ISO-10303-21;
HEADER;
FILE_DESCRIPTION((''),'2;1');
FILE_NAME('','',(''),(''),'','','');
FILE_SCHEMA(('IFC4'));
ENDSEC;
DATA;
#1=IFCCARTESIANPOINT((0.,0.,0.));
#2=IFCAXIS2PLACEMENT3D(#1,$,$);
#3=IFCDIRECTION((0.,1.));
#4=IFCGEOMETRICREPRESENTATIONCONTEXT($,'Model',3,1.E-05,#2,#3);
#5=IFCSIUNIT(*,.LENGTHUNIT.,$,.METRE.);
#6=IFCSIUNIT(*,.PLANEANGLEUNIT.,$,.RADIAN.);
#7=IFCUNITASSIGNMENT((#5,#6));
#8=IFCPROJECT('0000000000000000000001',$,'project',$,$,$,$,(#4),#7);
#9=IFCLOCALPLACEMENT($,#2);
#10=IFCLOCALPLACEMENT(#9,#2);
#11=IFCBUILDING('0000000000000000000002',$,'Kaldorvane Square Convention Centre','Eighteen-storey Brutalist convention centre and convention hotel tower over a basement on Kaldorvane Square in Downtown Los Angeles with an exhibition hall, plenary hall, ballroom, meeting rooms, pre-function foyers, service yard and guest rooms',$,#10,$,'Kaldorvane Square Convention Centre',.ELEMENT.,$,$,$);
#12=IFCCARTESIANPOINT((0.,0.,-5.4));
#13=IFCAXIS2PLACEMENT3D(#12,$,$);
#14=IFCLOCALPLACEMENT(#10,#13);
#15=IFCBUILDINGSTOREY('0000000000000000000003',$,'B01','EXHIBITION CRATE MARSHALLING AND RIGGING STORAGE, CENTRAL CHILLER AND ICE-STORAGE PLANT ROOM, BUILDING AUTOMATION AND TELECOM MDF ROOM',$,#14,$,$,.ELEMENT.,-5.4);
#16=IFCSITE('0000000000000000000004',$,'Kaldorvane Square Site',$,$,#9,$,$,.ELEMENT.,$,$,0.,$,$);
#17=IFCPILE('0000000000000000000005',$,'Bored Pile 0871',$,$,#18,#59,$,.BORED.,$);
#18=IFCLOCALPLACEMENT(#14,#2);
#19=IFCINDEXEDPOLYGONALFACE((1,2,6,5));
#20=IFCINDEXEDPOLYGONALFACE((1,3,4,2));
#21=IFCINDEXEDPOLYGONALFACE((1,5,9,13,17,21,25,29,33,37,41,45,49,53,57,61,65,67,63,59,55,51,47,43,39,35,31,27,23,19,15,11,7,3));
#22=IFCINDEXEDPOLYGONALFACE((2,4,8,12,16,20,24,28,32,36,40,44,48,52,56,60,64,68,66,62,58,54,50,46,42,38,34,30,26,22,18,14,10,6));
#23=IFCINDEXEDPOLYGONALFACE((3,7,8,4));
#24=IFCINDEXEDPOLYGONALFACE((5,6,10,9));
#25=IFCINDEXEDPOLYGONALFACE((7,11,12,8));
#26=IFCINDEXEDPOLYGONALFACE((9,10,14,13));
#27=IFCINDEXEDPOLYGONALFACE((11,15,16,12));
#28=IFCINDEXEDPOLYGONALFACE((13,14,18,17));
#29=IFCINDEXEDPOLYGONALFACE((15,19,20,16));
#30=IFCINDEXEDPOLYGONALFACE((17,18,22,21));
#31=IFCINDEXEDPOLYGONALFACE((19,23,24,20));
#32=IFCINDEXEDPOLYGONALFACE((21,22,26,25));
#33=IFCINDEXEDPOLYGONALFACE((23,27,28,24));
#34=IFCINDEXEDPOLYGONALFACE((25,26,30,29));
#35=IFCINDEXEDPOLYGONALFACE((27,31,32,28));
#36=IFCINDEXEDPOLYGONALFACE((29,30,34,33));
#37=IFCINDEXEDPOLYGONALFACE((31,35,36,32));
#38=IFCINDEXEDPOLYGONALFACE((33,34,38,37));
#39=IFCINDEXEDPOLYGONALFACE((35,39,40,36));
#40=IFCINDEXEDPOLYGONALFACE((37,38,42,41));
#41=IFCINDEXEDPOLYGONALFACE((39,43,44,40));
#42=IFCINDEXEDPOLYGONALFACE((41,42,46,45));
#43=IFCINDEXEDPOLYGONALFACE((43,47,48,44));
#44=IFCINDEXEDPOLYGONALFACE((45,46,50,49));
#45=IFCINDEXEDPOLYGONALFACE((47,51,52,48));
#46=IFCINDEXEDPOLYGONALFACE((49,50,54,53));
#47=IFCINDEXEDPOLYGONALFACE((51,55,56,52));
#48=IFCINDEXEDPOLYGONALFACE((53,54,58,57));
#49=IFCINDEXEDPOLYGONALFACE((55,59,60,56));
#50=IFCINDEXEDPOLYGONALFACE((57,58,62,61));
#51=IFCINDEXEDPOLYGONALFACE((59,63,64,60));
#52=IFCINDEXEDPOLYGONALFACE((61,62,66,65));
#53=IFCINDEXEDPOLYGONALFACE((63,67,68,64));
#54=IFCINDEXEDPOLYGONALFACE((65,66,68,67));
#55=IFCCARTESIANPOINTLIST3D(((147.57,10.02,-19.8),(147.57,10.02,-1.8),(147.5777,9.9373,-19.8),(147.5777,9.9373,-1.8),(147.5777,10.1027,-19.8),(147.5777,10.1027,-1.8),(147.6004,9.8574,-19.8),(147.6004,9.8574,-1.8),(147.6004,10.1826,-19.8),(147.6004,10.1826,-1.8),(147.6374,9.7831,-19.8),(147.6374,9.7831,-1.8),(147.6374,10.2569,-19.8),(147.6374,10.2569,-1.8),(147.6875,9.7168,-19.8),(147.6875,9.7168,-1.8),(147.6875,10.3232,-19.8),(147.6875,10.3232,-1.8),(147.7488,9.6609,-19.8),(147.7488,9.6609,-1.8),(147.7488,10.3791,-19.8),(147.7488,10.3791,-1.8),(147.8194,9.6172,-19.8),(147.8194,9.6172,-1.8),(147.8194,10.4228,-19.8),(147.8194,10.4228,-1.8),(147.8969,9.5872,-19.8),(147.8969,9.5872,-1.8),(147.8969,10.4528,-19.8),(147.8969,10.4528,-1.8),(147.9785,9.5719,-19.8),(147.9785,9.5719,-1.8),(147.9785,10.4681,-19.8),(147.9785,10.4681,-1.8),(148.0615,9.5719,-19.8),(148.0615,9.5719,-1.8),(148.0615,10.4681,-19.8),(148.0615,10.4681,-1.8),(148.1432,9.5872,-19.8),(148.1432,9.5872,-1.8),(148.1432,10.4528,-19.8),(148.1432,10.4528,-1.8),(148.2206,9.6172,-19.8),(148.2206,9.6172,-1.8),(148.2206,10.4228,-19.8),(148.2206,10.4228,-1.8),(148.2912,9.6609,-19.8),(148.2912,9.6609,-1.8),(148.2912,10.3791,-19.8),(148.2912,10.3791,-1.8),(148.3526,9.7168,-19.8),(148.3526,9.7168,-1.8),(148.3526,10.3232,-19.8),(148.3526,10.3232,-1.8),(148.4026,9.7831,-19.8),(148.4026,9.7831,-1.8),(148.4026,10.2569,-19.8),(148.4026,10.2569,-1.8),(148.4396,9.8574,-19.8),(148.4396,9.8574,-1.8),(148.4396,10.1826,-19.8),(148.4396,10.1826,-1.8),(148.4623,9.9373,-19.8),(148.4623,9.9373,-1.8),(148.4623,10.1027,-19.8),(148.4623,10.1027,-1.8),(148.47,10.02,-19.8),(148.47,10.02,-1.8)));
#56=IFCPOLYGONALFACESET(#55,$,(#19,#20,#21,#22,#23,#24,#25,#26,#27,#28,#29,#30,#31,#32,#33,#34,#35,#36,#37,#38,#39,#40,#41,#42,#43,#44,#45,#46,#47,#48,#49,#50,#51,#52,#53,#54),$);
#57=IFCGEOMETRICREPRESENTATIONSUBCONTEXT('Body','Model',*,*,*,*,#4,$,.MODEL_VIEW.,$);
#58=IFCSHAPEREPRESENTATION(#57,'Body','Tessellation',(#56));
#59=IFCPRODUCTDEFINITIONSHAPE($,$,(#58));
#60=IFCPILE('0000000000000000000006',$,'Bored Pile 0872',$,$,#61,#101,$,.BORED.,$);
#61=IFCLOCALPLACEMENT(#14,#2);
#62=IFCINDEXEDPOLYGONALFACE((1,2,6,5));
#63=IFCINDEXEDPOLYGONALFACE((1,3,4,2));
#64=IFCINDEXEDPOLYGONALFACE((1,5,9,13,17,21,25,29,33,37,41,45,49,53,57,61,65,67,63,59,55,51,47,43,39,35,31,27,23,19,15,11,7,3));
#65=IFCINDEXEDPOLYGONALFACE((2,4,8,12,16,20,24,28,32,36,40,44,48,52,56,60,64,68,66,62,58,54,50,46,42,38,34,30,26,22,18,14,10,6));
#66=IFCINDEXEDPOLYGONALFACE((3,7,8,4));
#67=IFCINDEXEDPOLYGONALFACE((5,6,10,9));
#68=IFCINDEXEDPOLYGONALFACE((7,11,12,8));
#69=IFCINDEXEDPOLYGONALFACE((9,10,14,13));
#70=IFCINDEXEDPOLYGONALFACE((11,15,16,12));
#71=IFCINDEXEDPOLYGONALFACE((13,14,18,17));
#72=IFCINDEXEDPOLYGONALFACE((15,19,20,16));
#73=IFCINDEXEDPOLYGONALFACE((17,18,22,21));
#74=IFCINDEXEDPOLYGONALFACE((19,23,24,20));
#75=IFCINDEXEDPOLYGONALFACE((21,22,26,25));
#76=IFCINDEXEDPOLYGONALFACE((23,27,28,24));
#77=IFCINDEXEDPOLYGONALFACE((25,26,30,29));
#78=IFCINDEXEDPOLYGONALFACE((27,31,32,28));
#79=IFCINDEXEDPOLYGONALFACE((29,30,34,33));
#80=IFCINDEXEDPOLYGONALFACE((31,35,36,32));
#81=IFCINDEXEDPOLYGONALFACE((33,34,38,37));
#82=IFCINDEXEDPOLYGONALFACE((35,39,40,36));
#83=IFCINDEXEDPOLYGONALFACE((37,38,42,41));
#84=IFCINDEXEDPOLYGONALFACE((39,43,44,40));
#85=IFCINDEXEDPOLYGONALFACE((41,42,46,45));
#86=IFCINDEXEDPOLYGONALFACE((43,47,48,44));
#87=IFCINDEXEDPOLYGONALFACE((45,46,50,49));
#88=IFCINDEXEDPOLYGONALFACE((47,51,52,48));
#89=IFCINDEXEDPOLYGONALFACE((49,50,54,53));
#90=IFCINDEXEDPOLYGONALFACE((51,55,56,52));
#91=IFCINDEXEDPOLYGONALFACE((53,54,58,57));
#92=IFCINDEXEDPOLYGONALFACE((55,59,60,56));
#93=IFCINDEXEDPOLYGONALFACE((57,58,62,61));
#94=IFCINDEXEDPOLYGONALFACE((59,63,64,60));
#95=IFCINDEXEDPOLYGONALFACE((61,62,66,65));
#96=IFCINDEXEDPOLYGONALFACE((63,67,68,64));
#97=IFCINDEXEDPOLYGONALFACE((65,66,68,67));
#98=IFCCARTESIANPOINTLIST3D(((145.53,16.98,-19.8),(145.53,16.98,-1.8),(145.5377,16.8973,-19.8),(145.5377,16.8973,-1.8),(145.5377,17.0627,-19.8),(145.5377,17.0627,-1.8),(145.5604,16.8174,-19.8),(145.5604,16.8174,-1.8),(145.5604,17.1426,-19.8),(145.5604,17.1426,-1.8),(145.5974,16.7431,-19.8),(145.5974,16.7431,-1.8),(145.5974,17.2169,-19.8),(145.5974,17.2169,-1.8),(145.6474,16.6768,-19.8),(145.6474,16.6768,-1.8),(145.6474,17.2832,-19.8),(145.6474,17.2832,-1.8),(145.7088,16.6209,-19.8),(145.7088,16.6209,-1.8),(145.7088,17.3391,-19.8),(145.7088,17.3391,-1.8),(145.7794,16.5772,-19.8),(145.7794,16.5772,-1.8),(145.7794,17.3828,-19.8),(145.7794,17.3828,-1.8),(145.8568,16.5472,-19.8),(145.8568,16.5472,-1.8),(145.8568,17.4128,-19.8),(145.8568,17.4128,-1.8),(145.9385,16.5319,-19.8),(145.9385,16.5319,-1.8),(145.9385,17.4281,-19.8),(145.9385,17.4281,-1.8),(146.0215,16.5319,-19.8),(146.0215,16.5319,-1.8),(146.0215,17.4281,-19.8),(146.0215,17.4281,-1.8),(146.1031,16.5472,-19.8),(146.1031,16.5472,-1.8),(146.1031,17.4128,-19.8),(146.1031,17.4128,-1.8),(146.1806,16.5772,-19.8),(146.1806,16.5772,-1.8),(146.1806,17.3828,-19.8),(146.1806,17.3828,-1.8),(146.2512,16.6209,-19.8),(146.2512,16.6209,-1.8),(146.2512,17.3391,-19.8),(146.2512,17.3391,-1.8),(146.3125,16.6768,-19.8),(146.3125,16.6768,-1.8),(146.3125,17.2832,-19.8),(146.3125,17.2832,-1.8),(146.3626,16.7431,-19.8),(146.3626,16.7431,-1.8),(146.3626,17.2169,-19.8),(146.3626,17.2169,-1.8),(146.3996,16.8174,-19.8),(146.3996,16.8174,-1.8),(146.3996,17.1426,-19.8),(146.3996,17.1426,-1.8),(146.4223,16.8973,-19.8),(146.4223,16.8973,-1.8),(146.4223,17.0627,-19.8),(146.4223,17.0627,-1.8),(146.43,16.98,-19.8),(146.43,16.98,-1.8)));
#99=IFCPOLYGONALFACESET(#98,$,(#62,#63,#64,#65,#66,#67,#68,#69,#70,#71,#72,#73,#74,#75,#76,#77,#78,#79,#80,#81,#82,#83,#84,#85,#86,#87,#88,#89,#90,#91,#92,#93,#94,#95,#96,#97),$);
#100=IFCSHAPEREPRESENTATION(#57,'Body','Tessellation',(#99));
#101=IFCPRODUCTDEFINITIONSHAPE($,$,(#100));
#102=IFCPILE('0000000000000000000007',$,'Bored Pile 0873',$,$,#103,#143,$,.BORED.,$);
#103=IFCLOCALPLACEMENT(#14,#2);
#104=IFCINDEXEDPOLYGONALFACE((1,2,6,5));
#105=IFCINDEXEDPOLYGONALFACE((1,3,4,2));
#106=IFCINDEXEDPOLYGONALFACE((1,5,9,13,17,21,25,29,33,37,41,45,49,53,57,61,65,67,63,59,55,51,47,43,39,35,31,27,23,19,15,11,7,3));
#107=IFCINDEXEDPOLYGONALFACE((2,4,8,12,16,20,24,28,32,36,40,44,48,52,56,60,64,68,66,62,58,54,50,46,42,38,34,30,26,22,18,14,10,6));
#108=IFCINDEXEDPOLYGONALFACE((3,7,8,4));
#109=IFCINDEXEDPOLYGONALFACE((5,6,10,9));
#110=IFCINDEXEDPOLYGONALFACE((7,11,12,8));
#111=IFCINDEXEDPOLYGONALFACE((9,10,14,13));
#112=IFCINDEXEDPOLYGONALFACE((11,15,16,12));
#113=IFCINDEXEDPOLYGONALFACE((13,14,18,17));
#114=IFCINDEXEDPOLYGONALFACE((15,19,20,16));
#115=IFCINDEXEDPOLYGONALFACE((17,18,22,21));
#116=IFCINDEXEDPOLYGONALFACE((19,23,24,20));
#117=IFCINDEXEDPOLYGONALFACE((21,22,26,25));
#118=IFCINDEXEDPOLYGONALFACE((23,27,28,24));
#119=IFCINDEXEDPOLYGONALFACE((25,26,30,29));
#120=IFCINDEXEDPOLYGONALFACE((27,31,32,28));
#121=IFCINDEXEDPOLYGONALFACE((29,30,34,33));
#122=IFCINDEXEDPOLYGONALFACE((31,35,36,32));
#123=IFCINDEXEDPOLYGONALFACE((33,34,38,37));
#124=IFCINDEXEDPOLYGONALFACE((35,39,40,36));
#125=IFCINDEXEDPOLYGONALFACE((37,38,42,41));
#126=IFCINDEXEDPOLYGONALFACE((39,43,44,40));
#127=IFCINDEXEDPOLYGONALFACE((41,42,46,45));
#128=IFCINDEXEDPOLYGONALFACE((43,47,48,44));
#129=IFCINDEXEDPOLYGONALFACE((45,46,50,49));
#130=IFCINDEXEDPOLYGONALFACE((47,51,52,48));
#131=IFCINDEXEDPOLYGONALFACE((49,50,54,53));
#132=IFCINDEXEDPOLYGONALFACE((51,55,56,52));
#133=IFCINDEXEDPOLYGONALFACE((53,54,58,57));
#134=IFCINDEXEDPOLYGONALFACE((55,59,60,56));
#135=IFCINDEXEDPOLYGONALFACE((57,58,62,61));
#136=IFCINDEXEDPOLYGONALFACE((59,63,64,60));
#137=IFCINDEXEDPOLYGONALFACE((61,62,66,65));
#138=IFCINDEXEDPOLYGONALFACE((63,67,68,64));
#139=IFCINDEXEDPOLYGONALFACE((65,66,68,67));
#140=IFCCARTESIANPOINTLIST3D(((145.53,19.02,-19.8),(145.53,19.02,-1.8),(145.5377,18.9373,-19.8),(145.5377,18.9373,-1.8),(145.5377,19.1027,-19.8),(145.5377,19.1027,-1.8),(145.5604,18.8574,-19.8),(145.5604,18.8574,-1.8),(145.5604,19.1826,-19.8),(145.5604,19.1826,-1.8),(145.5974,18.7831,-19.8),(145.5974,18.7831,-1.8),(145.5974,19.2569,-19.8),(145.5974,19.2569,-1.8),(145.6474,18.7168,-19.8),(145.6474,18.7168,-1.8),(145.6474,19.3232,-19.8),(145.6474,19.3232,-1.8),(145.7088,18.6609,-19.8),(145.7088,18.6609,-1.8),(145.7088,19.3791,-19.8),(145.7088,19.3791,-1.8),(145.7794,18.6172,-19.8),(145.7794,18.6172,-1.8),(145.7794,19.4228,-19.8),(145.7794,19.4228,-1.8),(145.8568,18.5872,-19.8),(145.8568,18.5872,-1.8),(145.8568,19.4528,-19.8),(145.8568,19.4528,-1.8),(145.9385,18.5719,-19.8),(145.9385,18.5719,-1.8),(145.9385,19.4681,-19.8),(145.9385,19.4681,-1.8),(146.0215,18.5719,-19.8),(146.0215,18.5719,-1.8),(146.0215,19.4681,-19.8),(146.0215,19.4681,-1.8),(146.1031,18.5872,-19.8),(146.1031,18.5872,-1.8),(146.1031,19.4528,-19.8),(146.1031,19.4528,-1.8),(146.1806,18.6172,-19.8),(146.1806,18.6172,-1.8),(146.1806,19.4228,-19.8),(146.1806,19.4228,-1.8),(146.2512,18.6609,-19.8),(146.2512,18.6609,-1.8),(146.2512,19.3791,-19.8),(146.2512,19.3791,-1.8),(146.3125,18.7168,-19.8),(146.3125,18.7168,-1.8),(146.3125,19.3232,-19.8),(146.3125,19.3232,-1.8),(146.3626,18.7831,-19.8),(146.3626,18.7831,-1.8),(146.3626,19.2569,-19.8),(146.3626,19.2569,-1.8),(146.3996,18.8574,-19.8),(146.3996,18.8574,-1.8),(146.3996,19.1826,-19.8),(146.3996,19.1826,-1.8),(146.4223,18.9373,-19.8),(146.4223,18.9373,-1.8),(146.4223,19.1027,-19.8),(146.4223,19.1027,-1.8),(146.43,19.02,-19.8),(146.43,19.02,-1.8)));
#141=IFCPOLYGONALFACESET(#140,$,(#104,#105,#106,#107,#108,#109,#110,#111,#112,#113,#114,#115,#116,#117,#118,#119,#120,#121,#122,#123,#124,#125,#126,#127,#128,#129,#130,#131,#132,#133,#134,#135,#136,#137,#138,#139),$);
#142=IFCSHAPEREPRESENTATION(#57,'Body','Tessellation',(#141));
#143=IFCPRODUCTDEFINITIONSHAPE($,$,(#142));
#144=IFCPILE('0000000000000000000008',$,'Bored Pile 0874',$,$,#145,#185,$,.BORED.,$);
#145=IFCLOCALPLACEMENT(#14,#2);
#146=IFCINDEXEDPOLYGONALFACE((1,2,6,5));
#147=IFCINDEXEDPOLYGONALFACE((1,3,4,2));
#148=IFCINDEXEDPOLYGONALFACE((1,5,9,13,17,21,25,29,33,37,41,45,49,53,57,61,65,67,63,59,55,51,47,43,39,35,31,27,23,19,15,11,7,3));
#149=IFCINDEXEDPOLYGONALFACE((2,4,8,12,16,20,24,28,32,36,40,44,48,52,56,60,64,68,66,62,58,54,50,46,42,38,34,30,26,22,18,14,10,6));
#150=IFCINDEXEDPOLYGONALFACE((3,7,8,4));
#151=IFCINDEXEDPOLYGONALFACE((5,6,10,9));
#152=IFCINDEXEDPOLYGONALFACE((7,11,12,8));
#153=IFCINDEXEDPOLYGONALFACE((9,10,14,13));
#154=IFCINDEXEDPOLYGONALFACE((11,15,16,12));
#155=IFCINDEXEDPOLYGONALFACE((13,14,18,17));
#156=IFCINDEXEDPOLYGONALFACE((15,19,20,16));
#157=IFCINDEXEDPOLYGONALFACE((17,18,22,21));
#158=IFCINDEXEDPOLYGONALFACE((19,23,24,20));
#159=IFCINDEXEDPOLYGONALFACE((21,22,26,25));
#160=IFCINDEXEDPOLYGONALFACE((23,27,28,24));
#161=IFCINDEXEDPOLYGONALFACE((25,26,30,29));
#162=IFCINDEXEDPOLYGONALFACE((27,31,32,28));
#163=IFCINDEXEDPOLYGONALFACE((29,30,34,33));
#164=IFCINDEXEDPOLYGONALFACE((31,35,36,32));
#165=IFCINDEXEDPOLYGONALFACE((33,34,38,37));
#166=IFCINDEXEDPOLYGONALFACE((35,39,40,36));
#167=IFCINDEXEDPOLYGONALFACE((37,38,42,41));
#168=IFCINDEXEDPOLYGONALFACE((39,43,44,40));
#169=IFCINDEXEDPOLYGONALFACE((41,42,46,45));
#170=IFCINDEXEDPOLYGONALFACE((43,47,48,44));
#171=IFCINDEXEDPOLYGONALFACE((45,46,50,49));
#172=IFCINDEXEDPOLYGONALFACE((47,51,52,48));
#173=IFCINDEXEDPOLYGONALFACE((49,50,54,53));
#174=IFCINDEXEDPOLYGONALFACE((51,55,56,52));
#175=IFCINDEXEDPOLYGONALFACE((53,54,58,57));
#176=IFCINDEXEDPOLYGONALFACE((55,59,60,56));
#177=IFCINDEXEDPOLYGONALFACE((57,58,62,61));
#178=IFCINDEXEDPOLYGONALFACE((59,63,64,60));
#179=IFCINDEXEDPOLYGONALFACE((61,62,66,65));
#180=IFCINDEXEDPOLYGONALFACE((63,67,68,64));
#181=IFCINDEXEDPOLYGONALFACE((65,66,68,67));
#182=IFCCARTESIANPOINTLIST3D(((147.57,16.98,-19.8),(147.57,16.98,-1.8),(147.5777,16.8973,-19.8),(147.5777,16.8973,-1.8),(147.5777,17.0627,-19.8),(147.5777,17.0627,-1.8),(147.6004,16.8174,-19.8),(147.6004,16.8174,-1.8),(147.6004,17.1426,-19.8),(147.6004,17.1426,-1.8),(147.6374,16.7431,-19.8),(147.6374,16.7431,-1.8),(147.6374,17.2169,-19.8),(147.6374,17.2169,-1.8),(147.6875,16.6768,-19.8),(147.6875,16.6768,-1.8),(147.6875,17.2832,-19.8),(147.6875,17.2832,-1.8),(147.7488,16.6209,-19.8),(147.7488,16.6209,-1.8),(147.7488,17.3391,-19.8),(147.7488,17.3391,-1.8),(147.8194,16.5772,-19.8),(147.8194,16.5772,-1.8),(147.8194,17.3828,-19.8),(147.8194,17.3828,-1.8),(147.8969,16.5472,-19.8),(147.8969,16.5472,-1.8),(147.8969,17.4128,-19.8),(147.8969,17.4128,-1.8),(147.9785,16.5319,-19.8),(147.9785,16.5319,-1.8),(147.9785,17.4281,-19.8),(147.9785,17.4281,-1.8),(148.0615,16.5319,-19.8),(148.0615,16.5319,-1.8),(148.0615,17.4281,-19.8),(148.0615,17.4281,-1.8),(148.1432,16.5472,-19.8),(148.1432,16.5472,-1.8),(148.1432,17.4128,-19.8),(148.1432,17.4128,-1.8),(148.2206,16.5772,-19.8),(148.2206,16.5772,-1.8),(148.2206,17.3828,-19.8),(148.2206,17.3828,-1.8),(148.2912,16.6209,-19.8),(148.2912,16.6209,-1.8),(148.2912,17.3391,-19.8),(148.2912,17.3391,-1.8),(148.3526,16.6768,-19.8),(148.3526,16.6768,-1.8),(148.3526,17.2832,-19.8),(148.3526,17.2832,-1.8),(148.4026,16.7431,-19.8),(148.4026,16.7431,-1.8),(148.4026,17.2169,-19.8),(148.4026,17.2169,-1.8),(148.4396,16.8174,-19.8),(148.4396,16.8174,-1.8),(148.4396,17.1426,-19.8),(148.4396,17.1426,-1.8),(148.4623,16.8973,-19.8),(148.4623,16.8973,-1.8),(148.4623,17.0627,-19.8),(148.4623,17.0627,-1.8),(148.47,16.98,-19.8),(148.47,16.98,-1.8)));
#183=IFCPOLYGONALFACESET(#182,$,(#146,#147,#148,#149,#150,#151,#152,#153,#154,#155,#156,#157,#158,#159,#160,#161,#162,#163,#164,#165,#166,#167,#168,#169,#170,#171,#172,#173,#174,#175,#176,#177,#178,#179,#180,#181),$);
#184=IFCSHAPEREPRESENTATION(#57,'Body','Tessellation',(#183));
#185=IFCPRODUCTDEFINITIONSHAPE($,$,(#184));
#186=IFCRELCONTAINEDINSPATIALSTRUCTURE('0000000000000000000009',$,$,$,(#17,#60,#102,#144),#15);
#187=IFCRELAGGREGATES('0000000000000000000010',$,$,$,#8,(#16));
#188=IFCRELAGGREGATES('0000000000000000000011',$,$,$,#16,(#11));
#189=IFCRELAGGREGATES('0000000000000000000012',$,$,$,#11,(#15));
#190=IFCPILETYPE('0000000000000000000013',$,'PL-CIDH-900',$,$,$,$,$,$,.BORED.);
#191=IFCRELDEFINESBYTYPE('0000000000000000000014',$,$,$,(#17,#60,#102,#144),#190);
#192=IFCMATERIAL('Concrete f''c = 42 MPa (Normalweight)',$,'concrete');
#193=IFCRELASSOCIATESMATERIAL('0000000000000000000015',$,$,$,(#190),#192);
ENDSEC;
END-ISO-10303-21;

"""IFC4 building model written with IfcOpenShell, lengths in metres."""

from ifc_helpers import new_model, si_unit, direction, frame, origin, origin_2d, place, context, subcontext, project, spatial, circle, extrude, material, material_profile, profile_set, type_object, element, save


model = new_model("IFC4")

# Units and contexts
model_context = context("Model", 3, precision=1e-05, world=origin(), true_north=direction((0.0, 1.0)))
body_context = subcontext(model_context, "Body", "Model", "MODEL_VIEW")
ifc_project = project(units=[si_unit("LENGTHUNIT", "METRE"), si_unit("PLANEANGLEUNIT", "RADIAN")], contexts=[model_context])

# Site, building, storey
site_placement = place(None, origin())
site = spatial("IfcSite", under=ifc_project, at=site_placement, Name="Kaldorvane Square Site", CompositionType="ELEMENT", RefElevation=0.0)
building_placement = place(site_placement, origin())
building = spatial("IfcBuilding", under=site, at=building_placement, Name="Kaldorvane Square Convention Centre", Description="Eighteen-storey Brutalist convention centre and convention hotel tower over a basement on Kaldorvane Square in Downtown Los Angeles with an exhibition hall, plenary hall, ballroom, meeting rooms, pre-function foyers, service yard and guest rooms", LongName="Kaldorvane Square Convention Centre", CompositionType="ELEMENT")
storey_placement = place(building_placement, frame((0.0, 0.0, -5.4)))
storey = spatial("IfcBuildingStorey", under=building, at=storey_placement, Name="B01", Description="EXHIBITION CRATE MARSHALLING AND RIGGING STORAGE, CENTRAL CHILLER AND ICE-STORAGE PLANT ROOM, BUILDING AUTOMATION AND TELECOM MDF ROOM", CompositionType="ELEMENT", Elevation=-5.4)

# Shared definitions
ifc_material_1 = material(Name="Concrete f'c = 42 MPa (Normalweight)", Category="concrete")

# Piles
ifc_material_profile_1 = material_profile(ifc_material_1, circle(Radius=0.45, at=origin_2d()), Name="PILE-D900")
ifc_profile_set_1 = profile_set([ifc_material_profile_1], Name="Concrete f'c = 42 MPa (Normalweight)")
pile_type_1 = type_object("IfcPileType", Name="PL-CIDH-900", PredefinedType="BORED", material=ifc_profile_set_1)
for number, where, z_axis, x_axis, name in (
    (1, (148.02, 10.02, -1.8), (0.0, 0.0, -1.0), (1.0, 0.0, 0.0), "Bored Pile 0871"),
    (2, (145.98, 16.98, -1.8), (0.0, 0.0, -1.0), (1.0, 0.0, 0.0), "Bored Pile 0872"),
    (3, (145.98, 19.02, -1.8), (0.0, 0.0, -1.0), (1.0, 0.0, 0.0), "Bored Pile 0873"),
    (4, (148.02, 16.98, -1.8), (0.0, 0.0, -1.0), (1.0, 0.0, 0.0), "Bored Pile 0874"),
):
    element("IfcPile", number, at=place(storey_placement, frame(where, z_axis=z_axis, x_axis=x_axis)), inside=storey, type_object=pile_type_1, Name=name, PredefinedType="BORED", context=body_context, shape_type="SweptSolid", body=[
        extrude(circle(Radius=0.45, at=origin_2d()), origin(), (0.0, 0.0, 1.0), 18.0),
    ])

save(model, "model.ifc")
